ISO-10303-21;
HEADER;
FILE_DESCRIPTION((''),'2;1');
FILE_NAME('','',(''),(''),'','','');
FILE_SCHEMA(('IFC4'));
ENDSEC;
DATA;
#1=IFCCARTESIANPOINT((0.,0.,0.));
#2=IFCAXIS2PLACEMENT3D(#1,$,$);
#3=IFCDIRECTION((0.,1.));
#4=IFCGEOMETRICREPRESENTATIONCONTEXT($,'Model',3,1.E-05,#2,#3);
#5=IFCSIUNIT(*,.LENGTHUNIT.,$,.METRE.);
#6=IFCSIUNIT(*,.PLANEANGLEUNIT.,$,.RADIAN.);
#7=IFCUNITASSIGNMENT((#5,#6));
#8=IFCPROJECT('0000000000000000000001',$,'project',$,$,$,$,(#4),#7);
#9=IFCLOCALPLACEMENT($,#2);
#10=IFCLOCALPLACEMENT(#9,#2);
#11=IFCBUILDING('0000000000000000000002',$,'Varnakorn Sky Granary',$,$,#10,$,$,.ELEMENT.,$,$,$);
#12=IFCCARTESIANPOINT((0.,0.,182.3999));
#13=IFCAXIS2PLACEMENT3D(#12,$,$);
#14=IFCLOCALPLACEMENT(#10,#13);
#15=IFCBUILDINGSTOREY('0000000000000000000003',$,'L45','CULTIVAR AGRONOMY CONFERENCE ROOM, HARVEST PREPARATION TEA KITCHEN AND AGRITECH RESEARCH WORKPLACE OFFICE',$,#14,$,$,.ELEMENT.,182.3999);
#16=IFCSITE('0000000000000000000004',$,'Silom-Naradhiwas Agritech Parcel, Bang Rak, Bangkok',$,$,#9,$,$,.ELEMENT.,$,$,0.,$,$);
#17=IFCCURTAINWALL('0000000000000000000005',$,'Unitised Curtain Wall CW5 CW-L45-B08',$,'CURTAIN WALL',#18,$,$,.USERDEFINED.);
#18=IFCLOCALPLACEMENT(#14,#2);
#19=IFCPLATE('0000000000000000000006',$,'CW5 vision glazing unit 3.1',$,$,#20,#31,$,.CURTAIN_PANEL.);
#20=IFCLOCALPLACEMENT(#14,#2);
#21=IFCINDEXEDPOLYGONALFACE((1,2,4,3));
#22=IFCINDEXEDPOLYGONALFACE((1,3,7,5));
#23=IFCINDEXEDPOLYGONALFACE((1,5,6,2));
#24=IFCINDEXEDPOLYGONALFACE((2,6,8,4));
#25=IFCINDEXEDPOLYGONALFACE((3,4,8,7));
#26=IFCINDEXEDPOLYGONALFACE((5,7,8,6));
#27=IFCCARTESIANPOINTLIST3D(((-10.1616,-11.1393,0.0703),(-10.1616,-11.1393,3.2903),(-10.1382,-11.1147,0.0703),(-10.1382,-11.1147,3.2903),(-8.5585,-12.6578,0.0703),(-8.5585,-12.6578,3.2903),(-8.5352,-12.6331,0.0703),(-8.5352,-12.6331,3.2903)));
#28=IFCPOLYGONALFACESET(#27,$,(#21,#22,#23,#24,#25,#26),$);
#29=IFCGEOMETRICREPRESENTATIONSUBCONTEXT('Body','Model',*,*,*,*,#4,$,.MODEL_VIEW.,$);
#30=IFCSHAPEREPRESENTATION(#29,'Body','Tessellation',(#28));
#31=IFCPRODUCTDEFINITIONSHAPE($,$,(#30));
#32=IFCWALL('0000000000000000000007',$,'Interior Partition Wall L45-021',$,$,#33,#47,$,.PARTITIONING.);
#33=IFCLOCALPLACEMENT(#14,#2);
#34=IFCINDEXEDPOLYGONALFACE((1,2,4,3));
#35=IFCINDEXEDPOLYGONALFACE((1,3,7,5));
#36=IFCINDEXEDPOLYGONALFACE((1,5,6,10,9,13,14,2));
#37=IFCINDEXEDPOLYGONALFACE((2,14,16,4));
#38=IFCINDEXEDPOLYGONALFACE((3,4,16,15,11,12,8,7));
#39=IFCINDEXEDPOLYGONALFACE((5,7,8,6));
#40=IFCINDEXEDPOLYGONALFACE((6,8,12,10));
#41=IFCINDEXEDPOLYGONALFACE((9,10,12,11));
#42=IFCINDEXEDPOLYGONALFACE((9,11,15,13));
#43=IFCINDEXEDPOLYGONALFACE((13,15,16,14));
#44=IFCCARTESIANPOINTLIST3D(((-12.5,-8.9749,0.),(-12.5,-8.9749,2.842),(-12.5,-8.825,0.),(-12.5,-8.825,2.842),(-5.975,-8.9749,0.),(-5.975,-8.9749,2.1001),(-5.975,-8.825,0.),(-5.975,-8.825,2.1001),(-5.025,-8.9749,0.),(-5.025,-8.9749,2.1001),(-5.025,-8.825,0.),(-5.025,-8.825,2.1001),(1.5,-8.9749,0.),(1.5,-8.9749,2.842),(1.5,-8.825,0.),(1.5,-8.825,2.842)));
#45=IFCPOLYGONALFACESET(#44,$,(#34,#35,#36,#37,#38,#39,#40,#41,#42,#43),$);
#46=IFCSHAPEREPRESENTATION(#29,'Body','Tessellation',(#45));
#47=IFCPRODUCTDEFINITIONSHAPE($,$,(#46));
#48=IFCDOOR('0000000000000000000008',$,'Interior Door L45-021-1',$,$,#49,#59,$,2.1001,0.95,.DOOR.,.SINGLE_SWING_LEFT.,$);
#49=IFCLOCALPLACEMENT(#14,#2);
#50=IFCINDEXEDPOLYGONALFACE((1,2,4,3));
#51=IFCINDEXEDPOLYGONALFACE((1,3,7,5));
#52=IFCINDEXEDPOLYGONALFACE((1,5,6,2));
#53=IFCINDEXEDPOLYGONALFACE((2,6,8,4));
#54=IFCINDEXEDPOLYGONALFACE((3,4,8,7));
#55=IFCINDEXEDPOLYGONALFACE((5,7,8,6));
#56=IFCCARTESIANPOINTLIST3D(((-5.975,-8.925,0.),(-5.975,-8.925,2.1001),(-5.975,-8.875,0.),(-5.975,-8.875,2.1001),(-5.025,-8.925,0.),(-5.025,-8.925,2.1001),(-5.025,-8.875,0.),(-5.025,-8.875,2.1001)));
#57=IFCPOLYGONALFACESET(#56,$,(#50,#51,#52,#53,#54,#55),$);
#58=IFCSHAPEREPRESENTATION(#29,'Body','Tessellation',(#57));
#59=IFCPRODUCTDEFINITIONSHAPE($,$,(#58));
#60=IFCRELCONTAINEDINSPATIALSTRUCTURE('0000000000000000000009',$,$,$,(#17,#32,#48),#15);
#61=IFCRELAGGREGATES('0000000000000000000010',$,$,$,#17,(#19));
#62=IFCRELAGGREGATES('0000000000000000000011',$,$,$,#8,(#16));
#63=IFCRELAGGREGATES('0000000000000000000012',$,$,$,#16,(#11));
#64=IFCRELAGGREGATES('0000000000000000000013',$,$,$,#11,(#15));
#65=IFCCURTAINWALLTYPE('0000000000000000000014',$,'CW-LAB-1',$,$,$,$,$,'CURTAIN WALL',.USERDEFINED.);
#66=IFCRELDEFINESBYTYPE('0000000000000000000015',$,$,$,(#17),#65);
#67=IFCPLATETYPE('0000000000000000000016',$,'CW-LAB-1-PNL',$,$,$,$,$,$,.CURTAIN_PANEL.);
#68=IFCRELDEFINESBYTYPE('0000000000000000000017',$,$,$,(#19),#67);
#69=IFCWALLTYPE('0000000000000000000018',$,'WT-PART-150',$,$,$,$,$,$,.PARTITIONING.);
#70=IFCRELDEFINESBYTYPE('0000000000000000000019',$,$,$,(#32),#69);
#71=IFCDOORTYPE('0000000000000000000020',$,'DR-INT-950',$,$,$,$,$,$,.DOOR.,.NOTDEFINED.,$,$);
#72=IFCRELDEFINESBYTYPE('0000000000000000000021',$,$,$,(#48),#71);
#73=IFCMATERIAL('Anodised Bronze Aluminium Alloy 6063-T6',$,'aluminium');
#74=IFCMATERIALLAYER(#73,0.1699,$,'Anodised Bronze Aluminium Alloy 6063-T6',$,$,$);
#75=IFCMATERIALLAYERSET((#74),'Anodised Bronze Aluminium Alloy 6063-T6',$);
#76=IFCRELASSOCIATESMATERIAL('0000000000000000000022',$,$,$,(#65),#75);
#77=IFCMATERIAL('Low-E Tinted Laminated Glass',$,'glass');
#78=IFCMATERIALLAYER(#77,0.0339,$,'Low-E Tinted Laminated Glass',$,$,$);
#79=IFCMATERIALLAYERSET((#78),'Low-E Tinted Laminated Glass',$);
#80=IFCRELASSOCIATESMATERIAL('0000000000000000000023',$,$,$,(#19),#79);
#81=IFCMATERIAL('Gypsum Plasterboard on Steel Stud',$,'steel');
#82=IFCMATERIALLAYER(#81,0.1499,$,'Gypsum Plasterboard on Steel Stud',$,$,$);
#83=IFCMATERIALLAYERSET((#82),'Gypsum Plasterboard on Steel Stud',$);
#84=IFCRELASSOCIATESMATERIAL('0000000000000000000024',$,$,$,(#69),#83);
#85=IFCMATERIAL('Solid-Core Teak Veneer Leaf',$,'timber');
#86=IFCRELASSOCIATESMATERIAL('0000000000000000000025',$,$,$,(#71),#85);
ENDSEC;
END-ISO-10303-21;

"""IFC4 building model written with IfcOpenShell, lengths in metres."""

from ifc_helpers import new_model, si_unit, direction, frame, frame_2d, origin, origin_2d, place, context, subcontext, project, spatial, rectangle, extrude, source, transform, mapped, material, layer, layer_set, type_object, element, fill, aggregate, save


model = new_model("IFC4")

# Units and contexts
model_context = context("Model", 3, precision=1e-05, world=origin(), true_north=direction((0.0, 1.0)))
body_context = subcontext(model_context, "Body", "Model", "MODEL_VIEW")
ifc_project = project(units=[si_unit("LENGTHUNIT", "METRE"), si_unit("PLANEANGLEUNIT", "RADIAN")], contexts=[model_context])

# Site, building, storey
site_placement = place(None, origin())
site = spatial("IfcSite", under=ifc_project, at=site_placement, Name="Silom-Naradhiwas Agritech Parcel, Bang Rak, Bangkok", CompositionType="ELEMENT", RefElevation=0.0)
building_placement = place(site_placement, origin())
building = spatial("IfcBuilding", under=site, at=building_placement, Name="Varnakorn Sky Granary", CompositionType="ELEMENT")
storey_placement = place(building_placement, frame((0.0, 0.0, 182.3999)))
storey = spatial("IfcBuildingStorey", under=building, at=storey_placement, Name="L45", Description="CULTIVAR AGRONOMY CONFERENCE ROOM, HARVEST PREPARATION TEA KITCHEN AND AGRITECH RESEARCH WORKPLACE OFFICE", CompositionType="ELEMENT", Elevation=182.3999)

# Curtain wall
ifc_material_1 = material(Name="Anodised Bronze Aluminium Alloy 6063-T6", Category="aluminium")
ifc_layer_1 = layer(ifc_material_1, 0.1699, Name="Anodised Bronze Aluminium Alloy 6063-T6")
ifc_layer_set_1 = layer_set([ifc_layer_1], Name="Anodised Bronze Aluminium Alloy 6063-T6")
curtain_wall_type = type_object("IfcCurtainWallType", Name="CW-LAB-1", ElementType="CURTAIN WALL", PredefinedType="USERDEFINED", material=ifc_layer_set_1)
curtain_wall_1_placement = place(storey_placement, origin())
curtain_wall_1 = element("IfcCurtainWall", 1, at=curtain_wall_1_placement, inside=storey, type_object=curtain_wall_type, Name="Unitised Curtain Wall CW5 CW-L45-B08", ObjectType="CURTAIN WALL", PredefinedType="USERDEFINED")

# Plate
ifc_material_2 = material(Name="Low-E Tinted Laminated Glass", Category="glass")
ifc_layer_2 = layer(ifc_material_2, 0.0339, Name="Low-E Tinted Laminated Glass")
ifc_layer_set_2 = layer_set([ifc_layer_2], Name="Low-E Tinted Laminated Glass")
plate_type = type_object("IfcPlateType", Name="CW-LAB-1-PNL", PredefinedType="CURTAIN_PANEL")
shared_shape_1 = source(origin(), body_context, "Body", "SweptSolid", [
    extrude(rectangle(XDim=2.208, YDim=0.0339, at=origin_2d()), origin(), (0.0, 0.0, 1.0), 3.22),
])
plate_1_placement = place(storey_placement, frame((-9.3484, -11.8862, 0.0703), z_axis=(0.0, 0.0, 1.0), x_axis=(-0.726002, 0.687692, 0.0)))
plate_1 = element("IfcPlate", 2, at=plate_1_placement, type_object=plate_type, material=ifc_layer_set_2, Name="CW5 vision glazing unit 3.1", PredefinedType="CURTAIN_PANEL", context=body_context, shape_type="MappedRepresentation", body=[
    mapped(shared_shape_1, transform((0.0, 0.0, 0.0), x_axis=(1.0, 0.0, 0.0), y_axis=(0.0, 1.0, 0.0), z_axis=(0.0, 0.0, 1.0), scale=1.0)),
])
aggregate(curtain_wall_1, [plate_1])

# Wall, opening, door
ifc_material_3 = material(Name="Gypsum Plasterboard on Steel Stud", Category="steel")
ifc_layer_3 = layer(ifc_material_3, 0.1499, Name="Gypsum Plasterboard on Steel Stud")
ifc_layer_set_3 = layer_set([ifc_layer_3], Name="Gypsum Plasterboard on Steel Stud")
wall_type = type_object("IfcWallType", Name="WT-PART-150", PredefinedType="PARTITIONING", material=ifc_layer_set_3)
wall_placement = place(storey_placement, frame((-12.5, -8.8999, 0.0), z_axis=(0.0, 0.0, 1.0), x_axis=(1.0, 0.0, 0.0)))
wall = element("IfcWall", 3, at=wall_placement, inside=storey, type_object=wall_type, Name="Interior Partition Wall L45-021", PredefinedType="PARTITIONING", context=body_context, shape_type="SweptSolid", body=[
    extrude(rectangle(XDim=14.0, YDim=0.1499, at=frame_2d((7.0, 0.0))), origin(), (0.0, 0.0, 1.0), 2.842),
])
opening_placement = place(wall_placement, frame((6.5249, 0.0, 0.0)))
opening = element("IfcOpeningElement", 4, at=opening_placement, cuts=wall, PredefinedType="OPENING", context=body_context, shape_type="SweptSolid", body=[
    extrude(rectangle(XDim=0.95, YDim=2.1001, at=frame_2d((0.4751, 1.05))), frame((0.0, 0.085, 0.0), z_axis=(0.0, -1.0, 0.0), x_axis=(1.0, 0.0, 0.0)), (0.0, 0.0, 1.0), 0.1699),
])
ifc_material_4 = material(Name="Solid-Core Teak Veneer Leaf", Category="timber")
door_type = type_object("IfcDoorType", Name="DR-INT-950", OperationType="NOTDEFINED", PredefinedType="DOOR", material=ifc_material_4)
door_placement = place(opening_placement, origin())
door = element("IfcDoor", 5, at=door_placement, inside=storey, type_object=door_type, Name="Interior Door L45-021-1", OperationType="SINGLE_SWING_LEFT", OverallHeight=2.1001, OverallWidth=0.95, PredefinedType="DOOR", context=body_context, shape_type="SweptSolid", body=[
    extrude(rectangle(XDim=0.95, YDim=2.1001, at=frame_2d((0.4751, 1.05))), frame((0.0, 0.0249, 0.0), z_axis=(0.0, -1.0, 0.0), x_axis=(1.0, 0.0, 0.0)), (0.0, 0.0, 1.0), 0.05),
])
fill(opening, door)

save(model, "model.ifc")
